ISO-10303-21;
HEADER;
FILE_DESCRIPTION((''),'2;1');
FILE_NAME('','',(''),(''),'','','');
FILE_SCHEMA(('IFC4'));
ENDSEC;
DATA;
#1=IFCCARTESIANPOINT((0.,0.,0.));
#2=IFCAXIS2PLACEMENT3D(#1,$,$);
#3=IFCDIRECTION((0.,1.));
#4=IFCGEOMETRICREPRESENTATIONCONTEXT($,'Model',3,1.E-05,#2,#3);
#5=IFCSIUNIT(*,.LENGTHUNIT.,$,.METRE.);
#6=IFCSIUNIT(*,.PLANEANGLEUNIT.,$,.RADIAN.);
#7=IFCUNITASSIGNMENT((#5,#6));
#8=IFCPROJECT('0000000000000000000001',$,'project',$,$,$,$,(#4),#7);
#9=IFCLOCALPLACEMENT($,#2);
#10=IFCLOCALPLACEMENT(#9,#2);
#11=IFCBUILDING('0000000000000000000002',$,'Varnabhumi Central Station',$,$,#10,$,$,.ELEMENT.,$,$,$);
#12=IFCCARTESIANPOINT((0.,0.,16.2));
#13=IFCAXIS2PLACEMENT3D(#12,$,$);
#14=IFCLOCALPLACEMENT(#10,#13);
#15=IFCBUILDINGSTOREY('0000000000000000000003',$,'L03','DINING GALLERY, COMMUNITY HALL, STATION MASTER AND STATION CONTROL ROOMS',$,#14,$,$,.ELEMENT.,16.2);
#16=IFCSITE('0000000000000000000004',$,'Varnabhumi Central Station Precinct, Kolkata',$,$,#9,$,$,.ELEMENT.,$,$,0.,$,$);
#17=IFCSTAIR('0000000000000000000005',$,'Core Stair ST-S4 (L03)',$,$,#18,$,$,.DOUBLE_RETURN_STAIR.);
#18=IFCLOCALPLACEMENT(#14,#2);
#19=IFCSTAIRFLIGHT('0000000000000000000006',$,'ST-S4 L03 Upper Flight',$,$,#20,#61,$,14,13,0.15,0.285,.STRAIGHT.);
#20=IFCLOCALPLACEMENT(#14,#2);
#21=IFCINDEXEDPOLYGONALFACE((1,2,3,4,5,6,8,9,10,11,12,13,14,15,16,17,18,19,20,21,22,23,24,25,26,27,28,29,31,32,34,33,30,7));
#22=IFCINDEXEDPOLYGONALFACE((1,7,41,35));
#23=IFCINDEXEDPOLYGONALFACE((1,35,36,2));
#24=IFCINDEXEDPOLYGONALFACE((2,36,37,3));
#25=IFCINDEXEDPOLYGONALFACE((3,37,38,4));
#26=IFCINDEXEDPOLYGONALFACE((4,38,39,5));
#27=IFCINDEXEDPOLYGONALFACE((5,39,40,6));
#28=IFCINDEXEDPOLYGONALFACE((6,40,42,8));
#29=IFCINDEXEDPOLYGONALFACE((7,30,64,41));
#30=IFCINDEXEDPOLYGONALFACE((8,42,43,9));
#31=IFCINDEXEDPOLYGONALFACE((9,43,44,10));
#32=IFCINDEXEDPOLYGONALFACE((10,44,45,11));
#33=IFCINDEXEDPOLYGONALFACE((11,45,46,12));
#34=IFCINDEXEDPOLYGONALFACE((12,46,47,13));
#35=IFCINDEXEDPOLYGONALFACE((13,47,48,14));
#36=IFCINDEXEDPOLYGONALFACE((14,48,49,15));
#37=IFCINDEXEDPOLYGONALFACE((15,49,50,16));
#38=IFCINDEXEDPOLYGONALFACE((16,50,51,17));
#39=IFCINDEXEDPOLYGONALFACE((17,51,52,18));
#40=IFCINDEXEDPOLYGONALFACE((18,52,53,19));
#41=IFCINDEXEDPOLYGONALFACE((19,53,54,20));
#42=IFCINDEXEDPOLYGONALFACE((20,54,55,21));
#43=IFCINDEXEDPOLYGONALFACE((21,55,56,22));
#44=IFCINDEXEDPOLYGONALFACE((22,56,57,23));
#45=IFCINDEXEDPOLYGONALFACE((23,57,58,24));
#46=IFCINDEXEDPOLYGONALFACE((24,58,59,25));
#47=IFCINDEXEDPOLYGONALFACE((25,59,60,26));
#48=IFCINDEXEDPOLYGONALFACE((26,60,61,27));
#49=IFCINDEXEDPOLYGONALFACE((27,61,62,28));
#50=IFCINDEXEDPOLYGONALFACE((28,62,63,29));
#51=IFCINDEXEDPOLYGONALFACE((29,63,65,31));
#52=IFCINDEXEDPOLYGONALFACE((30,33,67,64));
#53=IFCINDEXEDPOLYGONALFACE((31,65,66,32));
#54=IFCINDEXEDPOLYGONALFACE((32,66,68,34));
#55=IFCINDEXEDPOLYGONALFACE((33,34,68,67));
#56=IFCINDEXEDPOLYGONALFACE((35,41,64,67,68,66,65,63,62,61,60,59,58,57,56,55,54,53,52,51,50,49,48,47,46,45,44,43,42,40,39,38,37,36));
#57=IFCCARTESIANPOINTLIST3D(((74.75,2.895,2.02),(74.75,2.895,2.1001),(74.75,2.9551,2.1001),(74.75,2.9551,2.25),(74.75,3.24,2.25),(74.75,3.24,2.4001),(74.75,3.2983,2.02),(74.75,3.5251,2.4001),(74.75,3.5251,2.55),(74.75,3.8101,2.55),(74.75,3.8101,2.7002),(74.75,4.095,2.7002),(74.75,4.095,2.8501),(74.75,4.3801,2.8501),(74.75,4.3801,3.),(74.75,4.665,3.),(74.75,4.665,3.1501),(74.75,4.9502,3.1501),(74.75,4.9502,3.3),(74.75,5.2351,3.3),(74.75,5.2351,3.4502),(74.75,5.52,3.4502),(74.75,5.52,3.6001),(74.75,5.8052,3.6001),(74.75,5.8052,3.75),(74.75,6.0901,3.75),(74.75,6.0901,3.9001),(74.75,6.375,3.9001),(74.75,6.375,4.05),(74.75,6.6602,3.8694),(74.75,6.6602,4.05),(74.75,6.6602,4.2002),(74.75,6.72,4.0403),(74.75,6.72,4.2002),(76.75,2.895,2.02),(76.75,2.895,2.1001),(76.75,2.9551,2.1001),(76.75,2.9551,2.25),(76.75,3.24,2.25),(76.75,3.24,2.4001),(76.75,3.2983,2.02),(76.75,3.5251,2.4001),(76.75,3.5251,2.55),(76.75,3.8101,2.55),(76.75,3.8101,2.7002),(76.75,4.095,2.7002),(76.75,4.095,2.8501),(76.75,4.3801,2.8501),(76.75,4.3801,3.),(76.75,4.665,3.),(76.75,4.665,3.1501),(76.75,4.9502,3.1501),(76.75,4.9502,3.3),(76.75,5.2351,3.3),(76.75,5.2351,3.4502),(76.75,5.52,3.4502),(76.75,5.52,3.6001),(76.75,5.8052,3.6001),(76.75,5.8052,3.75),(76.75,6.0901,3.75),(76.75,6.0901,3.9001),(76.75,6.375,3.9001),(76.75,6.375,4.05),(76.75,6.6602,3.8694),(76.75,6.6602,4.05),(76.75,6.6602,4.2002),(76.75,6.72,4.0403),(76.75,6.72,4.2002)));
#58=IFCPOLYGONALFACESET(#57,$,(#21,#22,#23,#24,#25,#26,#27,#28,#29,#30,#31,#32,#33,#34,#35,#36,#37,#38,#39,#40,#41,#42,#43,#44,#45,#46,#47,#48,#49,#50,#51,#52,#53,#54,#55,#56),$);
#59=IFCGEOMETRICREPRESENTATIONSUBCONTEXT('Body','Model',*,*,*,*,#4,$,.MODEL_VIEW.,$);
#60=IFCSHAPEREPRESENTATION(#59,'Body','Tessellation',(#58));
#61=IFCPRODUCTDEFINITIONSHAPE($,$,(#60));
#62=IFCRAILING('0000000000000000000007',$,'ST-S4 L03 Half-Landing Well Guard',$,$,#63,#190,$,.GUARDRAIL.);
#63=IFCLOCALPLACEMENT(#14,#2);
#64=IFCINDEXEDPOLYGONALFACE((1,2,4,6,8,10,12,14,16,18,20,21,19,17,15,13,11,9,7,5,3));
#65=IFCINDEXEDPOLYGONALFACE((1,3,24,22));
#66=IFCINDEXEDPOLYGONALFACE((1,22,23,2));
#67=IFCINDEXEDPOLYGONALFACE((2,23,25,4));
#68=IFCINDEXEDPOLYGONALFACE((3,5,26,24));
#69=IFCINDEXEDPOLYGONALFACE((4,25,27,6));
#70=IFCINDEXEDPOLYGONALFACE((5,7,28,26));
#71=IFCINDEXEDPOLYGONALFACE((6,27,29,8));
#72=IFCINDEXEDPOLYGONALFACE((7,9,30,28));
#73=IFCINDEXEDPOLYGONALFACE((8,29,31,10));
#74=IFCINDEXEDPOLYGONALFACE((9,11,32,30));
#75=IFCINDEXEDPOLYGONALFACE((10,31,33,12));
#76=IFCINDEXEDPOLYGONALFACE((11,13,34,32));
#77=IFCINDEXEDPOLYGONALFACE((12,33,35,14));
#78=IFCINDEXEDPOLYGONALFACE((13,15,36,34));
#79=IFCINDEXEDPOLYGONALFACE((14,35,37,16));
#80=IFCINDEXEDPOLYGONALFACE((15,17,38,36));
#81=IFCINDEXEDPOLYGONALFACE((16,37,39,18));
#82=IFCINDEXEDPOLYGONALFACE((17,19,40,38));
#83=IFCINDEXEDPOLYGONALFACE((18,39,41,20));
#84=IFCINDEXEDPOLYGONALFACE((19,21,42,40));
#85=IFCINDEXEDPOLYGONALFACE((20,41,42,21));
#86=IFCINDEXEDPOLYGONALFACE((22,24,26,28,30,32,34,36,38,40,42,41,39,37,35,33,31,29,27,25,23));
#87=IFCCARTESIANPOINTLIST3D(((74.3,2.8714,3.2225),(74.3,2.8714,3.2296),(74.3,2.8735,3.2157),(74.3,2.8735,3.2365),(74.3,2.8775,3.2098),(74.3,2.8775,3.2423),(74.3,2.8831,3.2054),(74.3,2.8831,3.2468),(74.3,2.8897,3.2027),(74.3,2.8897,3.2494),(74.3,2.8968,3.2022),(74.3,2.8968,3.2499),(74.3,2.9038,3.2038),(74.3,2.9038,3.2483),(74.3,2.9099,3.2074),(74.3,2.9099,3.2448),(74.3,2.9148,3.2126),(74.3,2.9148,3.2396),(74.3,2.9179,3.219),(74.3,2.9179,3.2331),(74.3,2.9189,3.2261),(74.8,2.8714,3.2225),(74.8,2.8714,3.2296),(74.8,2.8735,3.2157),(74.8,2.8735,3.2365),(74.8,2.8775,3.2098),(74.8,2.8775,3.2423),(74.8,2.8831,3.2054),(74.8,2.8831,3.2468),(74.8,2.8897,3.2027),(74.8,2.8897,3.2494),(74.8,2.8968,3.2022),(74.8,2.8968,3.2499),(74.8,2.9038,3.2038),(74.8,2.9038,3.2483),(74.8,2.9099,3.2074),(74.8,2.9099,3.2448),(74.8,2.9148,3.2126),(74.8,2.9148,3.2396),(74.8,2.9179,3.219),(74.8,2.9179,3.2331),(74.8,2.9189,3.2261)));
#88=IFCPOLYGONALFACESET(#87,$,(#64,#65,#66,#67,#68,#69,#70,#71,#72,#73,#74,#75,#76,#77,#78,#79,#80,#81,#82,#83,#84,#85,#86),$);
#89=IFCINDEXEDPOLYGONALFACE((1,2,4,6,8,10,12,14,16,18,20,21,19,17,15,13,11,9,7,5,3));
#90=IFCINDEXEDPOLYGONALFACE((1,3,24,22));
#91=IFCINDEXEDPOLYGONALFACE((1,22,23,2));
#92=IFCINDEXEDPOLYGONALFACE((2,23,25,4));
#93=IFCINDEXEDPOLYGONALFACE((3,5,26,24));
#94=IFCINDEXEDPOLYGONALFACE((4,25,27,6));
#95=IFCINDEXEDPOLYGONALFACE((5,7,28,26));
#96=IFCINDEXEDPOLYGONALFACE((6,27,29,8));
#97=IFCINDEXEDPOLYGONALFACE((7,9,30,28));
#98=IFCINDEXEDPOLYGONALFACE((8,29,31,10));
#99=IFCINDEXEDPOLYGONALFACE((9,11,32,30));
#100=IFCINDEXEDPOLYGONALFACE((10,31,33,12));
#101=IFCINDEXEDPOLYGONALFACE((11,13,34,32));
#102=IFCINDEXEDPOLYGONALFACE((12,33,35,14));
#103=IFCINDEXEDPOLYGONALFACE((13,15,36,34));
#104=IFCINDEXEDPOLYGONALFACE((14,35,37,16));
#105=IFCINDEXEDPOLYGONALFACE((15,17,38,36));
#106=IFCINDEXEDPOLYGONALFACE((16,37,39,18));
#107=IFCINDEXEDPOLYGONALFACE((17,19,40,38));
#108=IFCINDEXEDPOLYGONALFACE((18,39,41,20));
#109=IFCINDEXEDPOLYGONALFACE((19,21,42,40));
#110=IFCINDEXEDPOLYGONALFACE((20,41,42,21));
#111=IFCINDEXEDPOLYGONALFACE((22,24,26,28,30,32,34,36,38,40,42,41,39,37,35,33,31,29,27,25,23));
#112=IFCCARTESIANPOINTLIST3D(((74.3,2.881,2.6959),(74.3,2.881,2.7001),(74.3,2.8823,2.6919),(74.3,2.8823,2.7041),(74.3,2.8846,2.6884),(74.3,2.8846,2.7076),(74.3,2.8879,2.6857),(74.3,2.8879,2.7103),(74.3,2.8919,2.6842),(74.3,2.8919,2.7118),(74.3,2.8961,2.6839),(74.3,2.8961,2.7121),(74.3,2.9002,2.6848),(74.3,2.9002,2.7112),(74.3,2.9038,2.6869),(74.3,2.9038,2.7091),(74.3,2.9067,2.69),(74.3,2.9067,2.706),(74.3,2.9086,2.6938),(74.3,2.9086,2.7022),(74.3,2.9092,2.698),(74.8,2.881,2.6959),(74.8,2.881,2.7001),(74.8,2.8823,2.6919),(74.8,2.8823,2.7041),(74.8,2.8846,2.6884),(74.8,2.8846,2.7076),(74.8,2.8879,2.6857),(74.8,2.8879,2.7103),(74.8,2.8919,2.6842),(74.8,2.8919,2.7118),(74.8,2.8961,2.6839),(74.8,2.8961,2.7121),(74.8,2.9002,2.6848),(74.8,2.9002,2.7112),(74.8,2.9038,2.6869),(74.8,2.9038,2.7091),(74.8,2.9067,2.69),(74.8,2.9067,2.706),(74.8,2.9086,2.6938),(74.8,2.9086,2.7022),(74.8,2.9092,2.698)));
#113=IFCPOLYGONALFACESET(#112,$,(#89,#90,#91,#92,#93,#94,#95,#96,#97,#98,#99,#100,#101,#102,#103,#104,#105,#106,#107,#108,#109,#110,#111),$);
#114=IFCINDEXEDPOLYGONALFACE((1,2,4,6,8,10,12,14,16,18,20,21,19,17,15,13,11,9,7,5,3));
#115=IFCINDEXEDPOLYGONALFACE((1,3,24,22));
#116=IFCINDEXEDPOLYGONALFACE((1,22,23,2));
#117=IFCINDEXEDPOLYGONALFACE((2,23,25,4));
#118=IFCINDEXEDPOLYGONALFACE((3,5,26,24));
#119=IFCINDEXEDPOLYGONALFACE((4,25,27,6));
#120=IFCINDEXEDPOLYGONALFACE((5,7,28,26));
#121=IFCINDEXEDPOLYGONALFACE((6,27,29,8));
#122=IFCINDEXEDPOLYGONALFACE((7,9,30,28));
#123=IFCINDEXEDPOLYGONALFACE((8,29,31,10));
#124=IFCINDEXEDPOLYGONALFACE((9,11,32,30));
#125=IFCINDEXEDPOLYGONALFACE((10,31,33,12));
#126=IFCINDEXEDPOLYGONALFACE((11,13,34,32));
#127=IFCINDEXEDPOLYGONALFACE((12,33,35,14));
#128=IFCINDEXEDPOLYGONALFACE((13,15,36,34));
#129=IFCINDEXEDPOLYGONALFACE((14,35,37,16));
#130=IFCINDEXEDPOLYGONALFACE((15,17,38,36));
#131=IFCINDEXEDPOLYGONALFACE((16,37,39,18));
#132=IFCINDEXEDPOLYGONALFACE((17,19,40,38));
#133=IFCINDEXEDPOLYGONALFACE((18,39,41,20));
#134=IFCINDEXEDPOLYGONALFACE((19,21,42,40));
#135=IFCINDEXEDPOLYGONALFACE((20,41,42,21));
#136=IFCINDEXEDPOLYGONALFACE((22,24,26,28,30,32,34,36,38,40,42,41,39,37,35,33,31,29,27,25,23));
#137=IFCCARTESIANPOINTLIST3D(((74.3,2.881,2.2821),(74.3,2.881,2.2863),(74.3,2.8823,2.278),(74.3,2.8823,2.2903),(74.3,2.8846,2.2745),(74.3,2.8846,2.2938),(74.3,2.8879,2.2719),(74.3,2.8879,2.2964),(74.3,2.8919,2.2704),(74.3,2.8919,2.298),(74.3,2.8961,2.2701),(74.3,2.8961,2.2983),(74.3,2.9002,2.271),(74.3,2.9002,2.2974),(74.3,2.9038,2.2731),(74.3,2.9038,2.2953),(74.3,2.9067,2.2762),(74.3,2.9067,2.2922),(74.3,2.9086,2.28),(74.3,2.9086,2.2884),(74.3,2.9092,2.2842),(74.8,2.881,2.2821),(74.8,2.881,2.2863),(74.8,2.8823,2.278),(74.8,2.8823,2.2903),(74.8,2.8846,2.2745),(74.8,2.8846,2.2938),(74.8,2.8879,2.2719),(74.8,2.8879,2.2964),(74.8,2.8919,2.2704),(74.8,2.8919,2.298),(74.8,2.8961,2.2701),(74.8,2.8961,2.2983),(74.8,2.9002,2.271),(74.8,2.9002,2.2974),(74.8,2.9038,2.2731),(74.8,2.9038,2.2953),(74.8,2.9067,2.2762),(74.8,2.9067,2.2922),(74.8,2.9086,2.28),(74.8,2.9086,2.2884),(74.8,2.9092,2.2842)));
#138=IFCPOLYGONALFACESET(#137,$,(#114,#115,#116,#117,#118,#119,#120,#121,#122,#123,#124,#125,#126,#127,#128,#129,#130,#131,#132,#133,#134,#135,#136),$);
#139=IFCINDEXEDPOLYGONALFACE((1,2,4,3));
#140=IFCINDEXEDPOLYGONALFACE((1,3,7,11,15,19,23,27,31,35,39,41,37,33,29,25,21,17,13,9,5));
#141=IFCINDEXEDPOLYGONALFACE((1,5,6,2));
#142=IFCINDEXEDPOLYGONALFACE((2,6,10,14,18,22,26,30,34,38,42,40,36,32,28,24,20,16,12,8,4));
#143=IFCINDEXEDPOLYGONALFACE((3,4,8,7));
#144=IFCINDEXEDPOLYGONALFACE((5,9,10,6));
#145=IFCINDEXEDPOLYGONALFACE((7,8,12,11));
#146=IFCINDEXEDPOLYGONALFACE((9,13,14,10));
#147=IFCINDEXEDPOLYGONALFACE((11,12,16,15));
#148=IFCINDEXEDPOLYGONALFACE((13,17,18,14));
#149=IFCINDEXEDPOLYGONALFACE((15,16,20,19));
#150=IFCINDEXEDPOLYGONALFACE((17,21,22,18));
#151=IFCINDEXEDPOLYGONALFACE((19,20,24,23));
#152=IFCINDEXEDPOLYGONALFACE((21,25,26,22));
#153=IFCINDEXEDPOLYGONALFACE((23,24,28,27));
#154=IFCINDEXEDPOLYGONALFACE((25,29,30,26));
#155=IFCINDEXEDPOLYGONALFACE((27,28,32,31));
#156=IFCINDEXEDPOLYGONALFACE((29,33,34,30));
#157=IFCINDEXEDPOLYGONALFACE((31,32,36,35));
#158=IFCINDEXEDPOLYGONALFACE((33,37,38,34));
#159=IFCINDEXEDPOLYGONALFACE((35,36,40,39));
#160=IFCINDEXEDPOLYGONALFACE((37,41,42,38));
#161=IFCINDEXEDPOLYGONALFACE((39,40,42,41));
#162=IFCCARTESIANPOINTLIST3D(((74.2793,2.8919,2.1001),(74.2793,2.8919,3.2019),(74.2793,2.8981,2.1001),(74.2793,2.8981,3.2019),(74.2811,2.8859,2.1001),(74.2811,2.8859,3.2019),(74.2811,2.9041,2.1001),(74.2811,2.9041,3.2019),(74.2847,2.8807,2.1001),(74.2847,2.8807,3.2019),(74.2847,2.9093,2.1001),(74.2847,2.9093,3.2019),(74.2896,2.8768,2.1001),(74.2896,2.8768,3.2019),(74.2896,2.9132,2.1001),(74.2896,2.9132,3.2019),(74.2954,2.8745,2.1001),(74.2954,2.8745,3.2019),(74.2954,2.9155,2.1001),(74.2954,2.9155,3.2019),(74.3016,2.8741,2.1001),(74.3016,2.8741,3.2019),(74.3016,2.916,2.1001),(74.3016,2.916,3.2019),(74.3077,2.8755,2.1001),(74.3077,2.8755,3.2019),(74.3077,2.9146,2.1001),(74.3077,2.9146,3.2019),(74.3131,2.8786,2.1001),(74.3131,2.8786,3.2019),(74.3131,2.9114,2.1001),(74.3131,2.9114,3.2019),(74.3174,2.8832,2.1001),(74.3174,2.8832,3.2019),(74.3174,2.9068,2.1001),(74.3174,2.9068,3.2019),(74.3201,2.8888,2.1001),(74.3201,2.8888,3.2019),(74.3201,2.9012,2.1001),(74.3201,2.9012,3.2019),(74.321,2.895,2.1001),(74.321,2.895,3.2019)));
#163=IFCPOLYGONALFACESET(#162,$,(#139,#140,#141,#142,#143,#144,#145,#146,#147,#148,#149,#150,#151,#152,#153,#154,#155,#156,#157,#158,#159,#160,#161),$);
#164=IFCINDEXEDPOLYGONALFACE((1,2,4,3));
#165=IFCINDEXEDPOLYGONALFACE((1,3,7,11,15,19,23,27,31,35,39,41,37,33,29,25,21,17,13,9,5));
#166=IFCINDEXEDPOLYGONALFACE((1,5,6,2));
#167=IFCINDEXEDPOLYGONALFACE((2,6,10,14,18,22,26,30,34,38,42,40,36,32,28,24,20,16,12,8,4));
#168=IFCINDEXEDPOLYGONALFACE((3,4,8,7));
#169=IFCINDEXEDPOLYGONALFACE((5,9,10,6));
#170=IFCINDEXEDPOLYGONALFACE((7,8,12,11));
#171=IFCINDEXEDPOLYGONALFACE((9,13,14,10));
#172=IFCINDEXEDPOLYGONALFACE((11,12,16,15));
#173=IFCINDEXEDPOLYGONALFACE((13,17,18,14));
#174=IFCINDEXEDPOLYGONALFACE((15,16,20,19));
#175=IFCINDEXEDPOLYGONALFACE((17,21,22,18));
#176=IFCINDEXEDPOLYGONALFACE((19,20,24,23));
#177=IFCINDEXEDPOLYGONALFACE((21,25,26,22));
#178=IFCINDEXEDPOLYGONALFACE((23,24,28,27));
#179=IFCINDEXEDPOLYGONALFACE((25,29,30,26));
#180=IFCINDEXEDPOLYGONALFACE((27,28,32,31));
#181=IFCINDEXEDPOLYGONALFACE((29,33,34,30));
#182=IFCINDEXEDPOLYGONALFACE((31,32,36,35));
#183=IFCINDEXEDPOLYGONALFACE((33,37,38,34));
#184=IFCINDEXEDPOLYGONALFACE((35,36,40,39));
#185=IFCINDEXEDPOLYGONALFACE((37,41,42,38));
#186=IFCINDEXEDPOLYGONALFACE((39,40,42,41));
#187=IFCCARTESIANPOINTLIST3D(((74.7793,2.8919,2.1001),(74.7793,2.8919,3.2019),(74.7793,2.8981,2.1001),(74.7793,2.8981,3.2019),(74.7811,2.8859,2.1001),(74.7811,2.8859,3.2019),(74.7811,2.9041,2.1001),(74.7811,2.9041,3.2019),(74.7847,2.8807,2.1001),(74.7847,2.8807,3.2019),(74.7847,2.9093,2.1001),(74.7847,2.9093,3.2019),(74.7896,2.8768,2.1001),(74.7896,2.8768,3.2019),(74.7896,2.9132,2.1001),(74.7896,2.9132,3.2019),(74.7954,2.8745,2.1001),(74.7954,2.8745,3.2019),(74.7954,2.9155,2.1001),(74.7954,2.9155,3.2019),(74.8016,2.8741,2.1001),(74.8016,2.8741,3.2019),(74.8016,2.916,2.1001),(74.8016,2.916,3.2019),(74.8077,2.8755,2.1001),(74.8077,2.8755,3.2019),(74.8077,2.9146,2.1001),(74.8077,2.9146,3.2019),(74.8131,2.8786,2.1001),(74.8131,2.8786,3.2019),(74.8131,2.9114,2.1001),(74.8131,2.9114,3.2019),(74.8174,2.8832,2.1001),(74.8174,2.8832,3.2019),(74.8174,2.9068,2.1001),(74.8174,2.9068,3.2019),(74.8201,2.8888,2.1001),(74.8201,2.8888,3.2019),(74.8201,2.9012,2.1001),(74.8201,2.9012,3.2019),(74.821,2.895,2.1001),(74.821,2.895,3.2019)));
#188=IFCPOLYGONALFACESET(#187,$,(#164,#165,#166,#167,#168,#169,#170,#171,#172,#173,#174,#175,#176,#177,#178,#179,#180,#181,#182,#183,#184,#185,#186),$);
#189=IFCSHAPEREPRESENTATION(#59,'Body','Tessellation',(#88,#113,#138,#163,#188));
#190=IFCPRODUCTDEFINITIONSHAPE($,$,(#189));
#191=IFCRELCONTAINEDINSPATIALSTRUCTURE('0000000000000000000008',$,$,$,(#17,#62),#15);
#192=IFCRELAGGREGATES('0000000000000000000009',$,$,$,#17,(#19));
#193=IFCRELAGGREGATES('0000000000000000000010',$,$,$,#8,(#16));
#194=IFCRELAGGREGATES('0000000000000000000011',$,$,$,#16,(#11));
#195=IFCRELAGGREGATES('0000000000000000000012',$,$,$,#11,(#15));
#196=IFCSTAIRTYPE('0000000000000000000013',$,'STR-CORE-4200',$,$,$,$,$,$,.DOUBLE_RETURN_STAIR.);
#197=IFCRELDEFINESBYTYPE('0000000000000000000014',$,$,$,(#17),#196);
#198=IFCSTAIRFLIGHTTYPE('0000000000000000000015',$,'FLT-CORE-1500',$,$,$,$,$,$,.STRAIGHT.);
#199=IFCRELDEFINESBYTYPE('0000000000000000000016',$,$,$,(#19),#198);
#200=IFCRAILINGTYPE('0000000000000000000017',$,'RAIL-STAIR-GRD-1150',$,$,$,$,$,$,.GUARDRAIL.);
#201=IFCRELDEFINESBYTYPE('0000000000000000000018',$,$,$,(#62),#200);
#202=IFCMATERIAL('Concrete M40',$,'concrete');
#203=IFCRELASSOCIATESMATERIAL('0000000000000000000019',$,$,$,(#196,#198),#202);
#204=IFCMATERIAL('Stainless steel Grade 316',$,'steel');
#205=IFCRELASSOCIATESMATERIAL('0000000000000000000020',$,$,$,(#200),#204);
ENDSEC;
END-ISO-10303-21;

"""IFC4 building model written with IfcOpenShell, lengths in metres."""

from ifc_helpers import new_model, si_unit, direction, frame, origin, origin_2d, place, context, subcontext, project, spatial, polyline, circle, outline, extrude, material, type_object, element, aggregate, save


model = new_model("IFC4")

# Units and contexts
model_context = context("Model", 3, precision=1e-05, world=origin(), true_north=direction((0.0, 1.0)))
body_context = subcontext(model_context, "Body", "Model", "MODEL_VIEW")
ifc_project = project(units=[si_unit("LENGTHUNIT", "METRE"), si_unit("PLANEANGLEUNIT", "RADIAN")], contexts=[model_context])

# Site, building, storey
site_placement = place(None, origin())
site = spatial("IfcSite", under=ifc_project, at=site_placement, Name="Varnabhumi Central Station Precinct, Kolkata", CompositionType="ELEMENT", RefElevation=0.0)
building_placement = place(site_placement, origin())
building = spatial("IfcBuilding", under=site, at=building_placement, Name="Varnabhumi Central Station", CompositionType="ELEMENT")
storey_placement = place(building_placement, frame((0.0, 0.0, 16.2)))
storey = spatial("IfcBuildingStorey", under=building, at=storey_placement, Name="L03", Description="DINING GALLERY, COMMUNITY HALL, STATION MASTER AND STATION CONTROL ROOMS", CompositionType="ELEMENT", Elevation=16.2)

# Shared definitions
ifc_material_1 = material(Name="Concrete M40", Category="concrete")

# Shared definitions
ifc_material_2 = material(Name="Stainless steel Grade 316", Category="steel")

# Stair, stair flight
stair_type = type_object("IfcStairType", Name="STR-CORE-4200", PredefinedType="DOUBLE_RETURN_STAIR", material=ifc_material_1)
stair_placement = place(storey_placement, origin())
stair = element("IfcStair", 1, at=stair_placement, inside=storey, type_object=stair_type, Name="Core Stair ST-S4 (L03)", PredefinedType="DOUBLE_RETURN_STAIR")
stair_flight_type = type_object("IfcStairFlightType", Name="FLT-CORE-1500", PredefinedType="STRAIGHT", material=ifc_material_1)
stair_flight_1_placement = place(storey_placement, frame((75.75, 2.9551, 2.1001), z_axis=(0.0, 0.0, 1.0), x_axis=(0.0, 1.0, 0.0)))
stair_flight_1 = element("IfcStairFlight", 2, at=stair_flight_1_placement, type_object=stair_flight_type, Name="ST-S4 L03 Upper Flight", NumberOfRisers=14, NumberOfTreads=13, PredefinedType="STRAIGHT", RiserHeight=0.15, TreadLength=0.285, context=body_context, shape_type="SweptSolid", body=[
    extrude(outline(polyline([(-0.0601, -0.0801), (-0.0601, 0.0), (0.0, 0.0), (0.0, 0.1499), (0.2849, 0.1499), (0.2849, 0.3), (0.5701, 0.3), (0.5701, 0.45), (0.855, 0.45), (0.855, 0.6001), (1.1399, 0.6001), (1.1399, 0.75), (1.425, 0.75), (1.425, 0.8999), (1.71, 0.8999), (1.71, 1.05), (1.9951, 1.05), (1.9951, 1.2), (2.28, 1.2), (2.28, 1.3501), (2.5649, 1.3501), (2.5649, 1.5), (2.8501, 1.5), (2.8501, 1.6499), (3.135, 1.6499), (3.135, 1.8), (3.4199, 1.8), (3.4199, 1.95), (3.7051, 1.95), (3.7051, 2.1001), (3.7649, 2.1001), (3.7649, 1.9402), (3.7051, 1.7693), (0.3433, -0.0801), (-0.0601, -0.0801)])), frame((0.0, 1.0, 0.0), z_axis=(0.0, -1.0, 0.0), x_axis=(1.0, 0.0, 0.0)), (0.0, 0.0, 1.0), 2.0),
])
aggregate(stair, [stair_flight_1])

# Railing
railing_type_1 = type_object("IfcRailingType", Name="RAIL-STAIR-GRD-1150", PredefinedType="GUARDRAIL", material=ifc_material_2)
railing_1_placement = place(storey_placement, frame((74.3, 2.895, 2.1001)))
element("IfcRailing", 3, at=railing_1_placement, inside=storey, type_object=railing_type_1, Name="ST-S4 L03 Half-Landing Well Guard", PredefinedType="GUARDRAIL", context=body_context, shape_type="SweptSolid", body=[
    extrude(circle(Radius=0.0239, at=origin_2d()), frame((0.0, 0.0, 1.126), z_axis=(1.0, 0.0, 0.0), x_axis=(0.0, 1.0, 0.0)), (0.0, 0.0, 1.0), 0.5),
    extrude(circle(Radius=0.0142, at=origin_2d()), frame((0.0, 0.0, 0.5979), z_axis=(1.0, 0.0, 0.0), x_axis=(0.0, 1.0, 0.0)), (0.0, 0.0, 1.0), 0.5),
    extrude(circle(Radius=0.0142, at=origin_2d()), frame((0.0, 0.0, 0.1841), z_axis=(1.0, 0.0, 0.0), x_axis=(0.0, 1.0, 0.0)), (0.0, 0.0, 1.0), 0.5),
    extrude(circle(Radius=0.021, at=origin_2d()), origin(), (0.0, 0.0, 1.0), 1.1018),
    extrude(circle(Radius=0.021, at=origin_2d()), frame((0.5, 0.0, 0.0)), (0.0, 0.0, 1.0), 1.1018),
])

save(model, "model.ifc")
